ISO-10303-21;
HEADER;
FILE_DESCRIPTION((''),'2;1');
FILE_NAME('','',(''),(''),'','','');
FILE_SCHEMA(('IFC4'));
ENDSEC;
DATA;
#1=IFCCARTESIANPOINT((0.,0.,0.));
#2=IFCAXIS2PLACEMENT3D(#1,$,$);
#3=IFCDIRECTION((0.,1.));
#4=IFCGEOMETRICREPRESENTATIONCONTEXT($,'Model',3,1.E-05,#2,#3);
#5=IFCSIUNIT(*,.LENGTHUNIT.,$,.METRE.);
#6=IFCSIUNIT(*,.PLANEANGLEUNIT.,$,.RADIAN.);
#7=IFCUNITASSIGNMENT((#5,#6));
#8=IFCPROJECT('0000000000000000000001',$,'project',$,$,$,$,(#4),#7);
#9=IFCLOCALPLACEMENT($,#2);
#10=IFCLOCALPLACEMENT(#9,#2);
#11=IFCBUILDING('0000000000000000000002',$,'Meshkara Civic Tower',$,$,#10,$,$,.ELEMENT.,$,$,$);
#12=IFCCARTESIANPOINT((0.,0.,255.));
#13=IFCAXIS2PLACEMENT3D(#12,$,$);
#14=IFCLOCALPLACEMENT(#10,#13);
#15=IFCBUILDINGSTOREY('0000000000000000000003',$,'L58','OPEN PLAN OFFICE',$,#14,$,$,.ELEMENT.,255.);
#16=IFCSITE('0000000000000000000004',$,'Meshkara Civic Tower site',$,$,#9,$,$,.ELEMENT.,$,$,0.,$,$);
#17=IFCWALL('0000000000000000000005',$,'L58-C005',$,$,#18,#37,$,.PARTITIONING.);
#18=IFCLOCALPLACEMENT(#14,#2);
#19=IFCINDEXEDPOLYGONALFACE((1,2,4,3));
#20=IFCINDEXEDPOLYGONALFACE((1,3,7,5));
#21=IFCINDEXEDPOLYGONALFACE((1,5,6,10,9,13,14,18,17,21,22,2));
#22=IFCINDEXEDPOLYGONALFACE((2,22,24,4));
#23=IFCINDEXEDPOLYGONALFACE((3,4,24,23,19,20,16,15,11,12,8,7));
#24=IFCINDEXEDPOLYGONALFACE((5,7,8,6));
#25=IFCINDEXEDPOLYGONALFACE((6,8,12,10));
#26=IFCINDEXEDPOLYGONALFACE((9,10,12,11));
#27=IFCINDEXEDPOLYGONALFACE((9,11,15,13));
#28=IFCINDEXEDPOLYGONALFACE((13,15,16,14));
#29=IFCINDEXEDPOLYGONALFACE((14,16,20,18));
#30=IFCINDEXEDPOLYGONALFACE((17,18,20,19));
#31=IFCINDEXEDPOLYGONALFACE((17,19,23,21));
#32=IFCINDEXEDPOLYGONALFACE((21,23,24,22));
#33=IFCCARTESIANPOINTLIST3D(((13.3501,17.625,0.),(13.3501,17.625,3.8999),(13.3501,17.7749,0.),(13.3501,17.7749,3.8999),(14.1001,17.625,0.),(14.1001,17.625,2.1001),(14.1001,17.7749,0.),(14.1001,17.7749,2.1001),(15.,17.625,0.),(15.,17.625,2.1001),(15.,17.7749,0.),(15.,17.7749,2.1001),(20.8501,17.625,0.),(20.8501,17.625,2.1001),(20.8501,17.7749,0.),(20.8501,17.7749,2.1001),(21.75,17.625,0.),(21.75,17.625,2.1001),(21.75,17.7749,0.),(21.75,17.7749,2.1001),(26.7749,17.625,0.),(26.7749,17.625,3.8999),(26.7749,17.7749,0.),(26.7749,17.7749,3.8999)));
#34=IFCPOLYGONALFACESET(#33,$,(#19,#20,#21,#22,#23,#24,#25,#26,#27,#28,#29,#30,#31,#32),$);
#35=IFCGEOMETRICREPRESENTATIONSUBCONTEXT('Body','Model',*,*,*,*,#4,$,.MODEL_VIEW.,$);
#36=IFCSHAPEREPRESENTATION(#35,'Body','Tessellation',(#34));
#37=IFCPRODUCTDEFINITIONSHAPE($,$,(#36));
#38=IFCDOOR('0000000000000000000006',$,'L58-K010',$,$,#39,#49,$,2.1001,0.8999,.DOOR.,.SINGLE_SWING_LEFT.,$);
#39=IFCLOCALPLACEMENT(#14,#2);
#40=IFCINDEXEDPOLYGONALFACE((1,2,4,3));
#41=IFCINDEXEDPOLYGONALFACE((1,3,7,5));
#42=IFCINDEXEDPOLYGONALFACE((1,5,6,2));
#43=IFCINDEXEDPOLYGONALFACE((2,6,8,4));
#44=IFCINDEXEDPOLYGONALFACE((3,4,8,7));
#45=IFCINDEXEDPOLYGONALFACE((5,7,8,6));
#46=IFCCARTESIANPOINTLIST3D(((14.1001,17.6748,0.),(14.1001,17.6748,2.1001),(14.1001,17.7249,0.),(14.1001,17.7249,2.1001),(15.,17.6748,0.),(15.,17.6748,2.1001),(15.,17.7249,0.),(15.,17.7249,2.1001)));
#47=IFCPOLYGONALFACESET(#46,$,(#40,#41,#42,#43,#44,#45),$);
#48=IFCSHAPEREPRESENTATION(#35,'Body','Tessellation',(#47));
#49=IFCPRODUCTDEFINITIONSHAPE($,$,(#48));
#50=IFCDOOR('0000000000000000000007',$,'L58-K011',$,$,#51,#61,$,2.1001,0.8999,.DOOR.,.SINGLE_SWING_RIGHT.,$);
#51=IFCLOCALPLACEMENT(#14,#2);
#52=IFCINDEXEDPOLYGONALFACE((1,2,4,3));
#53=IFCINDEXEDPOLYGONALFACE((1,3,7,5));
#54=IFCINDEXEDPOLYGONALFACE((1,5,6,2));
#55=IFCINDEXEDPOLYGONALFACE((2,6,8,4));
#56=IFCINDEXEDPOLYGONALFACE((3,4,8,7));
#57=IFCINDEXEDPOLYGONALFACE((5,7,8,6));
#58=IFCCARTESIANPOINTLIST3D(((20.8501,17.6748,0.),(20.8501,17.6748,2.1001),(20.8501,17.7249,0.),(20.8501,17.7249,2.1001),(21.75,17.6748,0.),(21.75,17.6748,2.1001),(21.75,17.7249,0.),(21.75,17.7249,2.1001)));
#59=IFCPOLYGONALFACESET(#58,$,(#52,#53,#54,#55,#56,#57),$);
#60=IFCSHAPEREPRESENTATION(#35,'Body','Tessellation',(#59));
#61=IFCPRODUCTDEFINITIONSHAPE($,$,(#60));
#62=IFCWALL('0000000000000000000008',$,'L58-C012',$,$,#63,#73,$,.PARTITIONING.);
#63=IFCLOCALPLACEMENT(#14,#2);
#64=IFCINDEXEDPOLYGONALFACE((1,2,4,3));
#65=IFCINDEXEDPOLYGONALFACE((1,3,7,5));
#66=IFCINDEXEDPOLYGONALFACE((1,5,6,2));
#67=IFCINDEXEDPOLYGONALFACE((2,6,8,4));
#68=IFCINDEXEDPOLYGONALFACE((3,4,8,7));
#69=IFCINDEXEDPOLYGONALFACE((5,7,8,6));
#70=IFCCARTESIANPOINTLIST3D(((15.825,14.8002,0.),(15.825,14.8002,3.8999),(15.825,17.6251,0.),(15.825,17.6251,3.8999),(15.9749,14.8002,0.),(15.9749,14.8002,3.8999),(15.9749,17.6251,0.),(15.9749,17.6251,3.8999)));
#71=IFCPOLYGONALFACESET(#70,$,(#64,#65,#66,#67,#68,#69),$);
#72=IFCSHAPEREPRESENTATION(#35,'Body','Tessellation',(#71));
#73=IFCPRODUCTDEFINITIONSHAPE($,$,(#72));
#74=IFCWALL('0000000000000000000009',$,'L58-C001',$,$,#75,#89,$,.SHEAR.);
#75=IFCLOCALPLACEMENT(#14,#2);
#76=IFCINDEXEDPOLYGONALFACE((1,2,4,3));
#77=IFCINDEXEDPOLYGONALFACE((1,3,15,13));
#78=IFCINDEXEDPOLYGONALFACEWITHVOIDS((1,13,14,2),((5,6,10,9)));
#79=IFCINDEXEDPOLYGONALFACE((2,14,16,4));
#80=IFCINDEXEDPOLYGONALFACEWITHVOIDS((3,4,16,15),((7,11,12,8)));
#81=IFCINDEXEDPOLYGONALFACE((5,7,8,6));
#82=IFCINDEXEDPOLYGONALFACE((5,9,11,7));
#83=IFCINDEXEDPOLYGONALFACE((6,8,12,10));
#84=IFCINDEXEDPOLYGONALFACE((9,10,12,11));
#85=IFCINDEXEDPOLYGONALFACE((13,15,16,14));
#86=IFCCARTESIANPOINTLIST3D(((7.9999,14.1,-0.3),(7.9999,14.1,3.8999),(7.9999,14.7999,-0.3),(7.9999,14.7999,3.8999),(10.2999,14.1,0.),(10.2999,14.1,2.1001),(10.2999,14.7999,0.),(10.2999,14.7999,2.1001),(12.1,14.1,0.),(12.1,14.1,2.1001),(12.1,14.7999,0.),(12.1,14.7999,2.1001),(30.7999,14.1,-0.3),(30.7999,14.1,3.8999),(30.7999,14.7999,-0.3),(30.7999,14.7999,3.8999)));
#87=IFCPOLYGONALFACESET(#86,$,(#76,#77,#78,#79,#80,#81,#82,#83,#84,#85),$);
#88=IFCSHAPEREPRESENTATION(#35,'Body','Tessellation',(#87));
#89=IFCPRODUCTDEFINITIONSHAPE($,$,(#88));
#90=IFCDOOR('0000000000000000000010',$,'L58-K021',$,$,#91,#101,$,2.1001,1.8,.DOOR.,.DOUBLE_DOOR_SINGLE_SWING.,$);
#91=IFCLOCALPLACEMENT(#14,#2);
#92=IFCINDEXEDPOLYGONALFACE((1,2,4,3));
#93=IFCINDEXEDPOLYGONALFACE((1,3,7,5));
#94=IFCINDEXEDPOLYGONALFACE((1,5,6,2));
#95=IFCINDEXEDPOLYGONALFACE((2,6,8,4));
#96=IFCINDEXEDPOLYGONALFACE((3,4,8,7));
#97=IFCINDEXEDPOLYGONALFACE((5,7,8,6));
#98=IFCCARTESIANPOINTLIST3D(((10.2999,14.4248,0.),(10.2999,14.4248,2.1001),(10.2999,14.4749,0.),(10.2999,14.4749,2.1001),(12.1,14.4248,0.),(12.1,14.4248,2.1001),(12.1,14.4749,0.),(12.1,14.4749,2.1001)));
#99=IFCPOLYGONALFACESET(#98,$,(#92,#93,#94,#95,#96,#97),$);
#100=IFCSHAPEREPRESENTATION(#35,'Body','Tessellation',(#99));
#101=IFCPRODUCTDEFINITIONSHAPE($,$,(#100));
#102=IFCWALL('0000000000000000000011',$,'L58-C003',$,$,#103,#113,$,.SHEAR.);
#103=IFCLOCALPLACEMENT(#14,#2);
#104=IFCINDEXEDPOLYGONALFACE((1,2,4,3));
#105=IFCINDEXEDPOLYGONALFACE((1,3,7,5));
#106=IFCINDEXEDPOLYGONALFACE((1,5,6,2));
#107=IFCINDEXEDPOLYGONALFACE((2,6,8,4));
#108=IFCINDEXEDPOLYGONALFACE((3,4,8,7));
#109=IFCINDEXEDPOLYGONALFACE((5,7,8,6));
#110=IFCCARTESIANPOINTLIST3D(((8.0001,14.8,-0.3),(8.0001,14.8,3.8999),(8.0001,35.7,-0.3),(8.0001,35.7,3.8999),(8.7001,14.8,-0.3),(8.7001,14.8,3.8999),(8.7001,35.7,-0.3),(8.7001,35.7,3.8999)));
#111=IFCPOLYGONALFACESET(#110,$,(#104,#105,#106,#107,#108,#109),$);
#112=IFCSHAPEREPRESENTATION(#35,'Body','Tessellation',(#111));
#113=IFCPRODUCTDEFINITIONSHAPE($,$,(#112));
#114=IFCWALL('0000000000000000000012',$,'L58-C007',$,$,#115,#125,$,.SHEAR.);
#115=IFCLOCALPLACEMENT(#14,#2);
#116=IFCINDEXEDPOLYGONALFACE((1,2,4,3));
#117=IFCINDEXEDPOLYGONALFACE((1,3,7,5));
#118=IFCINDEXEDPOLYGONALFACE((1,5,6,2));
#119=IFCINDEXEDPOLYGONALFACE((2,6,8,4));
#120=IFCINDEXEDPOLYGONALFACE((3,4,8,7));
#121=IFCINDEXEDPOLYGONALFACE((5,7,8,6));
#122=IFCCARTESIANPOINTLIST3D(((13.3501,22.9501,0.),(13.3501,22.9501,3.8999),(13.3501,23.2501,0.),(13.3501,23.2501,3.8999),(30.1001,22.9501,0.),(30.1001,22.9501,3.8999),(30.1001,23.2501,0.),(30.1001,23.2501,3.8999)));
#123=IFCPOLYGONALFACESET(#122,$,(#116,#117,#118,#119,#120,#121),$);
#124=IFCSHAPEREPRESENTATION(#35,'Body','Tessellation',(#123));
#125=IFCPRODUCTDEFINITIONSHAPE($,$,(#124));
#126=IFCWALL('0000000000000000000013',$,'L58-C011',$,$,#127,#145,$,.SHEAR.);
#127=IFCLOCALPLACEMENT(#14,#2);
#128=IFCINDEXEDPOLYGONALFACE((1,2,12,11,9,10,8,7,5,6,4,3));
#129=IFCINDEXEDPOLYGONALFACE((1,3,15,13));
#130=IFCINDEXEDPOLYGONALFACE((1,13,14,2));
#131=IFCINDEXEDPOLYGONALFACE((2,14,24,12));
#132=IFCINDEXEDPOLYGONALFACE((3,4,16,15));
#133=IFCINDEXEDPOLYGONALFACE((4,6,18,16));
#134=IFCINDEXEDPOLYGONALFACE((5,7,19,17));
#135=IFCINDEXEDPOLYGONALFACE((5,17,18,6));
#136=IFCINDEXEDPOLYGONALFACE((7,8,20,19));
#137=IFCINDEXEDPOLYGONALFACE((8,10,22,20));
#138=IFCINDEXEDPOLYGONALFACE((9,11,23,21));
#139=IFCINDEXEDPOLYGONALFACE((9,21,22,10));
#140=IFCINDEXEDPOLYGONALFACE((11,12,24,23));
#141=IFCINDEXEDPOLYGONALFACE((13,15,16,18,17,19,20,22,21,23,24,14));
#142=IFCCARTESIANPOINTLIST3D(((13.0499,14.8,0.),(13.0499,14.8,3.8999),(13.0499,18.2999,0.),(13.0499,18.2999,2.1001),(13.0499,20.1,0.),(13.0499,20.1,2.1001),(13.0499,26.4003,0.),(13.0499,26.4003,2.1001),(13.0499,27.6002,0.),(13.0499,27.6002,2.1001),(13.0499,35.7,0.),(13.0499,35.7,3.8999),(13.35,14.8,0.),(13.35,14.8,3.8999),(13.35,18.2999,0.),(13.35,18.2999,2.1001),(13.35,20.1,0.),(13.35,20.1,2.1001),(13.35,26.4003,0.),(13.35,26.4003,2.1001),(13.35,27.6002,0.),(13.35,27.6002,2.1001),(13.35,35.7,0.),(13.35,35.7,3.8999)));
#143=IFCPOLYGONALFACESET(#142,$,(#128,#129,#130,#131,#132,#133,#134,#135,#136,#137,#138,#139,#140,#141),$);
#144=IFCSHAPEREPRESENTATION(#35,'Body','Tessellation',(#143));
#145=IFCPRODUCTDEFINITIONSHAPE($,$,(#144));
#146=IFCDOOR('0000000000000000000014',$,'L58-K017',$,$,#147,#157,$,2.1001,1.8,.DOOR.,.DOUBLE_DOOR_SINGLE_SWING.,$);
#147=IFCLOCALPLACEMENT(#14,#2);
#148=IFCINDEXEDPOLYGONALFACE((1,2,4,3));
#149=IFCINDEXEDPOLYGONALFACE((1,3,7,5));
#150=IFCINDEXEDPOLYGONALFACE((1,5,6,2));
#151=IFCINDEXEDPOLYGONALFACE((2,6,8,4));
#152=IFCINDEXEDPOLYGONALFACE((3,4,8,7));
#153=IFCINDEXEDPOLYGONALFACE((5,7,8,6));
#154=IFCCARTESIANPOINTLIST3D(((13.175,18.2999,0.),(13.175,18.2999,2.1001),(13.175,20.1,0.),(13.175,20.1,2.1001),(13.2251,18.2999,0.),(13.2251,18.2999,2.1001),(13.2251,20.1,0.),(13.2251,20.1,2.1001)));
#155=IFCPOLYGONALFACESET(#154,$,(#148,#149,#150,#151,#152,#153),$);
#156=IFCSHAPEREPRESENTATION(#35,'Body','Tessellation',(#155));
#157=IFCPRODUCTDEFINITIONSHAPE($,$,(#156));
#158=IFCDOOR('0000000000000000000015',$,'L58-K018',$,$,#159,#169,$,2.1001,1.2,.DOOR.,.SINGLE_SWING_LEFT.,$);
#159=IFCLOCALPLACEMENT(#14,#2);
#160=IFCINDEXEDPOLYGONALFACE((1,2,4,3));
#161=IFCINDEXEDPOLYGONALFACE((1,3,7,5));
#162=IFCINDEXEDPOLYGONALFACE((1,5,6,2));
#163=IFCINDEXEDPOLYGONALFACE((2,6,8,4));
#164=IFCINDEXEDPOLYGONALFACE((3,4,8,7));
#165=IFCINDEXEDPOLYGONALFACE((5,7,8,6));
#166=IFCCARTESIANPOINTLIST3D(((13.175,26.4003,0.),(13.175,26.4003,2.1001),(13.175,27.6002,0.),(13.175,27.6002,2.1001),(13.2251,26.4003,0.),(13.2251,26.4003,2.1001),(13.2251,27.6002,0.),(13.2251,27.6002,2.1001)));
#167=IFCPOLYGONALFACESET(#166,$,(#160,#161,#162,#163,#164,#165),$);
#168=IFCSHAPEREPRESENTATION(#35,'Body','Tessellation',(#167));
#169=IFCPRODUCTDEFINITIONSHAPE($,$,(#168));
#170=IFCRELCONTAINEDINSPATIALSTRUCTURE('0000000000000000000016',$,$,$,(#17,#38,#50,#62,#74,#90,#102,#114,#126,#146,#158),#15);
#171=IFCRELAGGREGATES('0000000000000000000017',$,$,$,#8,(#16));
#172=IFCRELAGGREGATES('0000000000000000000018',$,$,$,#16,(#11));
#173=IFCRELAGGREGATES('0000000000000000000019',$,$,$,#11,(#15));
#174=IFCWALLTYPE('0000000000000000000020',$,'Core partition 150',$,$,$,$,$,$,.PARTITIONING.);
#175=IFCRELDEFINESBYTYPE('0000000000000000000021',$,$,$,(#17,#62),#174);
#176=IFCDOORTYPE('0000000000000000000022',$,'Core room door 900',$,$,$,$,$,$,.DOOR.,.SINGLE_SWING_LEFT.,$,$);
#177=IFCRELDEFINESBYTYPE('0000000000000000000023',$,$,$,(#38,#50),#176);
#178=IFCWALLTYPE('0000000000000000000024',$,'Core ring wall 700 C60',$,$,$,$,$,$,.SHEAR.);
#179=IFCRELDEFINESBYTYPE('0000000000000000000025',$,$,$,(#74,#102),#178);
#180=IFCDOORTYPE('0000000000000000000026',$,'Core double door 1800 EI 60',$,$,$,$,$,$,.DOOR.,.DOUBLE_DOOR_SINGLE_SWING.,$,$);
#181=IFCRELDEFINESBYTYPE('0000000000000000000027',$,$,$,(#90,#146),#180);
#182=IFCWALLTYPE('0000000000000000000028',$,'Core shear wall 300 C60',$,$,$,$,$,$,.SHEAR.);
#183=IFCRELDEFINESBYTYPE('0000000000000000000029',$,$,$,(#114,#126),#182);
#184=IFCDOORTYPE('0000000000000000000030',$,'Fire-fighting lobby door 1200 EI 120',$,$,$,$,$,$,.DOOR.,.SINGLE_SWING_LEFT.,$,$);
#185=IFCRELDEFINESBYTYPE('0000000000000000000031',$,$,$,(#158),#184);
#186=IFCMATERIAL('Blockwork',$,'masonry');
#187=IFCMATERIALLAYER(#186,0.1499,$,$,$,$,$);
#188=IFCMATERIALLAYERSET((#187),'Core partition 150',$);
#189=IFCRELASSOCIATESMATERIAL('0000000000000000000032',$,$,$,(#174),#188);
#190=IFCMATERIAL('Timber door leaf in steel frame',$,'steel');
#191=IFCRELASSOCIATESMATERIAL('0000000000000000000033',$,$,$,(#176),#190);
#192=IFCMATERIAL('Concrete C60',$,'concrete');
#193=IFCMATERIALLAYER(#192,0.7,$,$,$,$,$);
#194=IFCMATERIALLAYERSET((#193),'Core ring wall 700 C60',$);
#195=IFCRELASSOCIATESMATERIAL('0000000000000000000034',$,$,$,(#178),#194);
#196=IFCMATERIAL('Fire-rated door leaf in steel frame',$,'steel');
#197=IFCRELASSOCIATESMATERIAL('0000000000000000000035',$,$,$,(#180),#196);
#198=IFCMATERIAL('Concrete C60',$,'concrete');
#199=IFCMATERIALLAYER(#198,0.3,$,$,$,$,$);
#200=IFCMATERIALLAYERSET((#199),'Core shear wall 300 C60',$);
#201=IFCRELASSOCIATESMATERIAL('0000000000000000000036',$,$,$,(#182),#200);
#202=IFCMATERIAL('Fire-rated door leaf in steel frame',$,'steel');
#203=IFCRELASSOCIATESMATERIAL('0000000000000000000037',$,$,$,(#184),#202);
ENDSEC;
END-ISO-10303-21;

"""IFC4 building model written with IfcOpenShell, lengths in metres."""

from ifc_helpers import new_model, si_unit, direction, frame, frame_2d, origin, place, context, subcontext, project, spatial, rectangle, extrude, material, layer, layer_set, type_object, element, fill, save


model = new_model("IFC4")

# Units and contexts
model_context = context("Model", 3, precision=1e-05, world=origin(), true_north=direction((0.0, 1.0)))
body_context = subcontext(model_context, "Body", "Model", "MODEL_VIEW")
ifc_project = project(units=[si_unit("LENGTHUNIT", "METRE"), si_unit("PLANEANGLEUNIT", "RADIAN")], contexts=[model_context])

# Site, building, storey
site_placement = place(None, origin())
site = spatial("IfcSite", under=ifc_project, at=site_placement, Name="Meshkara Civic Tower site", CompositionType="ELEMENT", RefElevation=0.0)
building_placement = place(site_placement, origin())
building = spatial("IfcBuilding", under=site, at=building_placement, Name="Meshkara Civic Tower", CompositionType="ELEMENT")
storey_placement = place(building_placement, frame((0.0, 0.0, 255.0)))
storey = spatial("IfcBuildingStorey", under=building, at=storey_placement, Name="L58", Description="OPEN PLAN OFFICE", CompositionType="ELEMENT", Elevation=255.0)

# Wall, openings, doors
ifc_material_1 = material(Name="Blockwork", Category="masonry")
ifc_layer_1 = layer(ifc_material_1, 0.1499)
ifc_layer_set_1 = layer_set([ifc_layer_1], Name="Core partition 150")
wall_type_1 = type_object("IfcWallType", Name="Core partition 150", PredefinedType="PARTITIONING", material=ifc_layer_set_1)
wall_1_placement = place(storey_placement, frame((13.3501, 17.7, 0.0), z_axis=(0.0, 0.0, 1.0), x_axis=(1.0, 0.0, 0.0)))
wall_1 = element("IfcWall", 1, at=wall_1_placement, inside=storey, type_object=wall_type_1, Name="L58-C005", PredefinedType="PARTITIONING", context=body_context, shape_type="SweptSolid", body=[
    extrude(rectangle(XDim=13.4248, YDim=0.1499, at=frame_2d((6.7124, 0.0))), origin(), (0.0, 0.0, 1.0), 3.8999),
])
opening_1_placement = place(wall_1_placement, frame((0.75, 0.0, 0.0)))
opening_1 = element("IfcOpeningElement", 2, at=opening_1_placement, cuts=wall_1, PredefinedType="OPENING", context=body_context, shape_type="SweptSolid", body=[
    extrude(rectangle(XDim=0.8999, YDim=2.1001, at=frame_2d((0.45, 1.05))), frame((0.0, 0.085, 0.0), z_axis=(0.0, -1.0, 0.0), x_axis=(1.0, 0.0, 0.0)), (0.0, 0.0, 1.0), 0.1699),
])
opening_2_placement = place(wall_1_placement, frame((7.5, 0.0, 0.0)))
opening_2 = element("IfcOpeningElement", 3, at=opening_2_placement, cuts=wall_1, PredefinedType="OPENING", context=body_context, shape_type="SweptSolid", body=[
    extrude(rectangle(XDim=0.8999, YDim=2.1001, at=frame_2d((0.45, 1.05))), frame((0.0, 0.085, 0.0), z_axis=(0.0, -1.0, 0.0), x_axis=(1.0, 0.0, 0.0)), (0.0, 0.0, 1.0), 0.1699),
])
ifc_material_2 = material(Name="Timber door leaf in steel frame", Category="steel")
door_type_1 = type_object("IfcDoorType", Name="Core room door 900", OperationType="SINGLE_SWING_LEFT", PredefinedType="DOOR", material=ifc_material_2)
door_1_placement = place(opening_1_placement, origin())
door_1 = element("IfcDoor", 4, at=door_1_placement, inside=storey, type_object=door_type_1, Name="L58-K010", OperationType="SINGLE_SWING_LEFT", OverallHeight=2.1001, OverallWidth=0.8999, PredefinedType="DOOR", context=body_context, shape_type="SweptSolid", body=[
    extrude(rectangle(XDim=0.8999, YDim=2.1001, at=frame_2d((0.45, 1.05))), frame((0.0, 0.0249, 0.0), z_axis=(0.0, -1.0, 0.0), x_axis=(1.0, 0.0, 0.0)), (0.0, 0.0, 1.0), 0.05),
])
fill(opening_1, door_1)
door_2_placement = place(opening_2_placement, origin())
door_2 = element("IfcDoor", 5, at=door_2_placement, inside=storey, type_object=door_type_1, Name="L58-K011", OperationType="SINGLE_SWING_RIGHT", OverallHeight=2.1001, OverallWidth=0.8999, PredefinedType="DOOR", context=body_context, shape_type="SweptSolid", body=[
    extrude(rectangle(XDim=0.8999, YDim=2.1001, at=frame_2d((0.45, 1.05))), frame((0.0, 0.0249, 0.0), z_axis=(0.0, -1.0, 0.0), x_axis=(1.0, 0.0, 0.0)), (0.0, 0.0, 1.0), 0.05),
])
fill(opening_2, door_2)

# Wall
wall_2_placement = place(storey_placement, frame((15.8999, 14.8, 0.0), z_axis=(0.0, 0.0, 1.0), x_axis=(0.0, 1.0, 0.0)))
element("IfcWall", 6, at=wall_2_placement, inside=storey, type_object=wall_type_1, Name="L58-C012", PredefinedType="PARTITIONING", context=body_context, shape_type="SweptSolid", body=[
    extrude(rectangle(XDim=2.825, YDim=0.1499, at=frame_2d((1.4126, 0.0))), origin(), (0.0, 0.0, 1.0), 3.8999),
])

# Wall, opening, door
ifc_material_3 = material(Name="Concrete C60", Category="concrete")
ifc_layer_2 = layer(ifc_material_3, 0.7)
ifc_layer_set_2 = layer_set([ifc_layer_2], Name="Core ring wall 700 C60")
wall_type_2 = type_object("IfcWallType", Name="Core ring wall 700 C60", PredefinedType="SHEAR", material=ifc_layer_set_2)
wall_3_placement = place(storey_placement, frame((8.0, 14.45, -0.3), z_axis=(0.0, 0.0, 1.0), x_axis=(1.0, 0.0, 0.0)))
wall_3 = element("IfcWall", 7, at=wall_3_placement, inside=storey, type_object=wall_type_2, Name="L58-C001", PredefinedType="SHEAR", context=body_context, shape_type="SweptSolid", body=[
    extrude(rectangle(XDim=22.8, YDim=0.7, at=frame_2d((11.3999, 0.0))), origin(), (0.0, 0.0, 1.0), 4.2),
])
opening_3_placement = place(wall_3_placement, frame((2.3, 0.0, 0.3)))
opening_3 = element("IfcOpeningElement", 8, at=opening_3_placement, cuts=wall_3, PredefinedType="OPENING", context=body_context, shape_type="SweptSolid", body=[
    extrude(rectangle(XDim=1.8, YDim=2.1001, at=frame_2d((0.8999, 1.05))), frame((0.0, 0.3599, 0.0), z_axis=(0.0, -1.0, 0.0), x_axis=(1.0, 0.0, 0.0)), (0.0, 0.0, 1.0), 0.72),
])
ifc_material_4 = material(Name="Fire-rated door leaf in steel frame", Category="steel")
door_type_2 = type_object("IfcDoorType", Name="Core double door 1800 EI 60", OperationType="DOUBLE_DOOR_SINGLE_SWING", PredefinedType="DOOR", material=ifc_material_4)
door_3_placement = place(opening_3_placement, origin())
door_3 = element("IfcDoor", 9, at=door_3_placement, inside=storey, type_object=door_type_2, Name="L58-K021", OperationType="DOUBLE_DOOR_SINGLE_SWING", OverallHeight=2.1001, OverallWidth=1.8, PredefinedType="DOOR", context=body_context, shape_type="SweptSolid", body=[
    extrude(rectangle(XDim=1.8, YDim=2.1001, at=frame_2d((0.8999, 1.05))), frame((0.0, 0.0249, 0.0), z_axis=(0.0, -1.0, 0.0), x_axis=(1.0, 0.0, 0.0)), (0.0, 0.0, 1.0), 0.05),
])
fill(opening_3, door_3)

# Walls
wall_4_placement = place(storey_placement, frame((8.3501, 14.8, -0.3), z_axis=(0.0, 0.0, 1.0), x_axis=(0.0, 1.0, 0.0)))
element("IfcWall", 10, at=wall_4_placement, inside=storey, type_object=wall_type_2, Name="L58-C003", PredefinedType="SHEAR", context=body_context, shape_type="SweptSolid", body=[
    extrude(rectangle(XDim=20.8999, YDim=0.7, at=frame_2d((10.45, 0.0))), origin(), (0.0, 0.0, 1.0), 4.2),
])
ifc_material_5 = material(Name="Concrete C60", Category="concrete")
ifc_layer_3 = layer(ifc_material_5, 0.3)
ifc_layer_set_3 = layer_set([ifc_layer_3], Name="Core shear wall 300 C60")
wall_type_3 = type_object("IfcWallType", Name="Core shear wall 300 C60", PredefinedType="SHEAR", material=ifc_layer_set_3)
wall_5_placement = place(storey_placement, frame((13.3501, 23.1001, 0.0), z_axis=(0.0, 0.0, 1.0), x_axis=(1.0, 0.0, 0.0)))
element("IfcWall", 11, at=wall_5_placement, inside=storey, type_object=wall_type_3, Name="L58-C007", PredefinedType="SHEAR", context=body_context, shape_type="SweptSolid", body=[
    extrude(rectangle(XDim=16.75, YDim=0.3, at=frame_2d((8.375, 0.0))), origin(), (0.0, 0.0, 1.0), 3.8999),
])

# Wall, openings, doors
wall_6_placement = place(storey_placement, frame((13.2, 14.8, 0.0), z_axis=(0.0, 0.0, 1.0), x_axis=(0.0, 1.0, 0.0)))
wall_6 = element("IfcWall", 12, at=wall_6_placement, inside=storey, type_object=wall_type_3, Name="L58-C011", PredefinedType="SHEAR", context=body_context, shape_type="SweptSolid", body=[
    extrude(rectangle(XDim=20.8999, YDim=0.3, at=frame_2d((10.45, 0.0))), origin(), (0.0, 0.0, 1.0), 3.8999),
])
opening_4_placement = place(wall_6_placement, frame((3.5, 0.0, 0.0)))
opening_4 = element("IfcOpeningElement", 13, at=opening_4_placement, cuts=wall_6, PredefinedType="OPENING", context=body_context, shape_type="SweptSolid", body=[
    extrude(rectangle(XDim=1.8, YDim=2.1001, at=frame_2d((0.8999, 1.05))), frame((0.0, 0.1599, 0.0), z_axis=(0.0, -1.0, 0.0), x_axis=(1.0, 0.0, 0.0)), (0.0, 0.0, 1.0), 0.3201),
])
opening_5_placement = place(wall_6_placement, frame((11.6001, 0.0, 0.0)))
opening_5 = element("IfcOpeningElement", 14, at=opening_5_placement, cuts=wall_6, PredefinedType="OPENING", context=body_context, shape_type="SweptSolid", body=[
    extrude(rectangle(XDim=1.2, YDim=2.1001, at=frame_2d((0.6001, 1.05))), frame((0.0, 0.1599, 0.0), z_axis=(0.0, -1.0, 0.0), x_axis=(1.0, 0.0, 0.0)), (0.0, 0.0, 1.0), 0.3201),
])
door_4_placement = place(opening_4_placement, origin())
door_4 = element("IfcDoor", 15, at=door_4_placement, inside=storey, type_object=door_type_2, Name="L58-K017", OperationType="DOUBLE_DOOR_SINGLE_SWING", OverallHeight=2.1001, OverallWidth=1.8, PredefinedType="DOOR", context=body_context, shape_type="SweptSolid", body=[
    extrude(rectangle(XDim=1.8, YDim=2.1001, at=frame_2d((0.8999, 1.05))), frame((0.0, 0.0249, 0.0), z_axis=(0.0, -1.0, 0.0), x_axis=(1.0, 0.0, 0.0)), (0.0, 0.0, 1.0), 0.05),
])
fill(opening_4, door_4)
ifc_material_6 = material(Name="Fire-rated door leaf in steel frame", Category="steel")
door_type_3 = type_object("IfcDoorType", Name="Fire-fighting lobby door 1200 EI 120", OperationType="SINGLE_SWING_LEFT", PredefinedType="DOOR", material=ifc_material_6)
door_5_placement = place(opening_5_placement, origin())
door_5 = element("IfcDoor", 16, at=door_5_placement, inside=storey, type_object=door_type_3, Name="L58-K018", OperationType="SINGLE_SWING_LEFT", OverallHeight=2.1001, OverallWidth=1.2, PredefinedType="DOOR", context=body_context, shape_type="SweptSolid", body=[
    extrude(rectangle(XDim=1.2, YDim=2.1001, at=frame_2d((0.6001, 1.05))), frame((0.0, 0.0249, 0.0), z_axis=(0.0, -1.0, 0.0), x_axis=(1.0, 0.0, 0.0)), (0.0, 0.0, 1.0), 0.05),
])
fill(opening_5, door_5)

save(model, "model.ifc")
